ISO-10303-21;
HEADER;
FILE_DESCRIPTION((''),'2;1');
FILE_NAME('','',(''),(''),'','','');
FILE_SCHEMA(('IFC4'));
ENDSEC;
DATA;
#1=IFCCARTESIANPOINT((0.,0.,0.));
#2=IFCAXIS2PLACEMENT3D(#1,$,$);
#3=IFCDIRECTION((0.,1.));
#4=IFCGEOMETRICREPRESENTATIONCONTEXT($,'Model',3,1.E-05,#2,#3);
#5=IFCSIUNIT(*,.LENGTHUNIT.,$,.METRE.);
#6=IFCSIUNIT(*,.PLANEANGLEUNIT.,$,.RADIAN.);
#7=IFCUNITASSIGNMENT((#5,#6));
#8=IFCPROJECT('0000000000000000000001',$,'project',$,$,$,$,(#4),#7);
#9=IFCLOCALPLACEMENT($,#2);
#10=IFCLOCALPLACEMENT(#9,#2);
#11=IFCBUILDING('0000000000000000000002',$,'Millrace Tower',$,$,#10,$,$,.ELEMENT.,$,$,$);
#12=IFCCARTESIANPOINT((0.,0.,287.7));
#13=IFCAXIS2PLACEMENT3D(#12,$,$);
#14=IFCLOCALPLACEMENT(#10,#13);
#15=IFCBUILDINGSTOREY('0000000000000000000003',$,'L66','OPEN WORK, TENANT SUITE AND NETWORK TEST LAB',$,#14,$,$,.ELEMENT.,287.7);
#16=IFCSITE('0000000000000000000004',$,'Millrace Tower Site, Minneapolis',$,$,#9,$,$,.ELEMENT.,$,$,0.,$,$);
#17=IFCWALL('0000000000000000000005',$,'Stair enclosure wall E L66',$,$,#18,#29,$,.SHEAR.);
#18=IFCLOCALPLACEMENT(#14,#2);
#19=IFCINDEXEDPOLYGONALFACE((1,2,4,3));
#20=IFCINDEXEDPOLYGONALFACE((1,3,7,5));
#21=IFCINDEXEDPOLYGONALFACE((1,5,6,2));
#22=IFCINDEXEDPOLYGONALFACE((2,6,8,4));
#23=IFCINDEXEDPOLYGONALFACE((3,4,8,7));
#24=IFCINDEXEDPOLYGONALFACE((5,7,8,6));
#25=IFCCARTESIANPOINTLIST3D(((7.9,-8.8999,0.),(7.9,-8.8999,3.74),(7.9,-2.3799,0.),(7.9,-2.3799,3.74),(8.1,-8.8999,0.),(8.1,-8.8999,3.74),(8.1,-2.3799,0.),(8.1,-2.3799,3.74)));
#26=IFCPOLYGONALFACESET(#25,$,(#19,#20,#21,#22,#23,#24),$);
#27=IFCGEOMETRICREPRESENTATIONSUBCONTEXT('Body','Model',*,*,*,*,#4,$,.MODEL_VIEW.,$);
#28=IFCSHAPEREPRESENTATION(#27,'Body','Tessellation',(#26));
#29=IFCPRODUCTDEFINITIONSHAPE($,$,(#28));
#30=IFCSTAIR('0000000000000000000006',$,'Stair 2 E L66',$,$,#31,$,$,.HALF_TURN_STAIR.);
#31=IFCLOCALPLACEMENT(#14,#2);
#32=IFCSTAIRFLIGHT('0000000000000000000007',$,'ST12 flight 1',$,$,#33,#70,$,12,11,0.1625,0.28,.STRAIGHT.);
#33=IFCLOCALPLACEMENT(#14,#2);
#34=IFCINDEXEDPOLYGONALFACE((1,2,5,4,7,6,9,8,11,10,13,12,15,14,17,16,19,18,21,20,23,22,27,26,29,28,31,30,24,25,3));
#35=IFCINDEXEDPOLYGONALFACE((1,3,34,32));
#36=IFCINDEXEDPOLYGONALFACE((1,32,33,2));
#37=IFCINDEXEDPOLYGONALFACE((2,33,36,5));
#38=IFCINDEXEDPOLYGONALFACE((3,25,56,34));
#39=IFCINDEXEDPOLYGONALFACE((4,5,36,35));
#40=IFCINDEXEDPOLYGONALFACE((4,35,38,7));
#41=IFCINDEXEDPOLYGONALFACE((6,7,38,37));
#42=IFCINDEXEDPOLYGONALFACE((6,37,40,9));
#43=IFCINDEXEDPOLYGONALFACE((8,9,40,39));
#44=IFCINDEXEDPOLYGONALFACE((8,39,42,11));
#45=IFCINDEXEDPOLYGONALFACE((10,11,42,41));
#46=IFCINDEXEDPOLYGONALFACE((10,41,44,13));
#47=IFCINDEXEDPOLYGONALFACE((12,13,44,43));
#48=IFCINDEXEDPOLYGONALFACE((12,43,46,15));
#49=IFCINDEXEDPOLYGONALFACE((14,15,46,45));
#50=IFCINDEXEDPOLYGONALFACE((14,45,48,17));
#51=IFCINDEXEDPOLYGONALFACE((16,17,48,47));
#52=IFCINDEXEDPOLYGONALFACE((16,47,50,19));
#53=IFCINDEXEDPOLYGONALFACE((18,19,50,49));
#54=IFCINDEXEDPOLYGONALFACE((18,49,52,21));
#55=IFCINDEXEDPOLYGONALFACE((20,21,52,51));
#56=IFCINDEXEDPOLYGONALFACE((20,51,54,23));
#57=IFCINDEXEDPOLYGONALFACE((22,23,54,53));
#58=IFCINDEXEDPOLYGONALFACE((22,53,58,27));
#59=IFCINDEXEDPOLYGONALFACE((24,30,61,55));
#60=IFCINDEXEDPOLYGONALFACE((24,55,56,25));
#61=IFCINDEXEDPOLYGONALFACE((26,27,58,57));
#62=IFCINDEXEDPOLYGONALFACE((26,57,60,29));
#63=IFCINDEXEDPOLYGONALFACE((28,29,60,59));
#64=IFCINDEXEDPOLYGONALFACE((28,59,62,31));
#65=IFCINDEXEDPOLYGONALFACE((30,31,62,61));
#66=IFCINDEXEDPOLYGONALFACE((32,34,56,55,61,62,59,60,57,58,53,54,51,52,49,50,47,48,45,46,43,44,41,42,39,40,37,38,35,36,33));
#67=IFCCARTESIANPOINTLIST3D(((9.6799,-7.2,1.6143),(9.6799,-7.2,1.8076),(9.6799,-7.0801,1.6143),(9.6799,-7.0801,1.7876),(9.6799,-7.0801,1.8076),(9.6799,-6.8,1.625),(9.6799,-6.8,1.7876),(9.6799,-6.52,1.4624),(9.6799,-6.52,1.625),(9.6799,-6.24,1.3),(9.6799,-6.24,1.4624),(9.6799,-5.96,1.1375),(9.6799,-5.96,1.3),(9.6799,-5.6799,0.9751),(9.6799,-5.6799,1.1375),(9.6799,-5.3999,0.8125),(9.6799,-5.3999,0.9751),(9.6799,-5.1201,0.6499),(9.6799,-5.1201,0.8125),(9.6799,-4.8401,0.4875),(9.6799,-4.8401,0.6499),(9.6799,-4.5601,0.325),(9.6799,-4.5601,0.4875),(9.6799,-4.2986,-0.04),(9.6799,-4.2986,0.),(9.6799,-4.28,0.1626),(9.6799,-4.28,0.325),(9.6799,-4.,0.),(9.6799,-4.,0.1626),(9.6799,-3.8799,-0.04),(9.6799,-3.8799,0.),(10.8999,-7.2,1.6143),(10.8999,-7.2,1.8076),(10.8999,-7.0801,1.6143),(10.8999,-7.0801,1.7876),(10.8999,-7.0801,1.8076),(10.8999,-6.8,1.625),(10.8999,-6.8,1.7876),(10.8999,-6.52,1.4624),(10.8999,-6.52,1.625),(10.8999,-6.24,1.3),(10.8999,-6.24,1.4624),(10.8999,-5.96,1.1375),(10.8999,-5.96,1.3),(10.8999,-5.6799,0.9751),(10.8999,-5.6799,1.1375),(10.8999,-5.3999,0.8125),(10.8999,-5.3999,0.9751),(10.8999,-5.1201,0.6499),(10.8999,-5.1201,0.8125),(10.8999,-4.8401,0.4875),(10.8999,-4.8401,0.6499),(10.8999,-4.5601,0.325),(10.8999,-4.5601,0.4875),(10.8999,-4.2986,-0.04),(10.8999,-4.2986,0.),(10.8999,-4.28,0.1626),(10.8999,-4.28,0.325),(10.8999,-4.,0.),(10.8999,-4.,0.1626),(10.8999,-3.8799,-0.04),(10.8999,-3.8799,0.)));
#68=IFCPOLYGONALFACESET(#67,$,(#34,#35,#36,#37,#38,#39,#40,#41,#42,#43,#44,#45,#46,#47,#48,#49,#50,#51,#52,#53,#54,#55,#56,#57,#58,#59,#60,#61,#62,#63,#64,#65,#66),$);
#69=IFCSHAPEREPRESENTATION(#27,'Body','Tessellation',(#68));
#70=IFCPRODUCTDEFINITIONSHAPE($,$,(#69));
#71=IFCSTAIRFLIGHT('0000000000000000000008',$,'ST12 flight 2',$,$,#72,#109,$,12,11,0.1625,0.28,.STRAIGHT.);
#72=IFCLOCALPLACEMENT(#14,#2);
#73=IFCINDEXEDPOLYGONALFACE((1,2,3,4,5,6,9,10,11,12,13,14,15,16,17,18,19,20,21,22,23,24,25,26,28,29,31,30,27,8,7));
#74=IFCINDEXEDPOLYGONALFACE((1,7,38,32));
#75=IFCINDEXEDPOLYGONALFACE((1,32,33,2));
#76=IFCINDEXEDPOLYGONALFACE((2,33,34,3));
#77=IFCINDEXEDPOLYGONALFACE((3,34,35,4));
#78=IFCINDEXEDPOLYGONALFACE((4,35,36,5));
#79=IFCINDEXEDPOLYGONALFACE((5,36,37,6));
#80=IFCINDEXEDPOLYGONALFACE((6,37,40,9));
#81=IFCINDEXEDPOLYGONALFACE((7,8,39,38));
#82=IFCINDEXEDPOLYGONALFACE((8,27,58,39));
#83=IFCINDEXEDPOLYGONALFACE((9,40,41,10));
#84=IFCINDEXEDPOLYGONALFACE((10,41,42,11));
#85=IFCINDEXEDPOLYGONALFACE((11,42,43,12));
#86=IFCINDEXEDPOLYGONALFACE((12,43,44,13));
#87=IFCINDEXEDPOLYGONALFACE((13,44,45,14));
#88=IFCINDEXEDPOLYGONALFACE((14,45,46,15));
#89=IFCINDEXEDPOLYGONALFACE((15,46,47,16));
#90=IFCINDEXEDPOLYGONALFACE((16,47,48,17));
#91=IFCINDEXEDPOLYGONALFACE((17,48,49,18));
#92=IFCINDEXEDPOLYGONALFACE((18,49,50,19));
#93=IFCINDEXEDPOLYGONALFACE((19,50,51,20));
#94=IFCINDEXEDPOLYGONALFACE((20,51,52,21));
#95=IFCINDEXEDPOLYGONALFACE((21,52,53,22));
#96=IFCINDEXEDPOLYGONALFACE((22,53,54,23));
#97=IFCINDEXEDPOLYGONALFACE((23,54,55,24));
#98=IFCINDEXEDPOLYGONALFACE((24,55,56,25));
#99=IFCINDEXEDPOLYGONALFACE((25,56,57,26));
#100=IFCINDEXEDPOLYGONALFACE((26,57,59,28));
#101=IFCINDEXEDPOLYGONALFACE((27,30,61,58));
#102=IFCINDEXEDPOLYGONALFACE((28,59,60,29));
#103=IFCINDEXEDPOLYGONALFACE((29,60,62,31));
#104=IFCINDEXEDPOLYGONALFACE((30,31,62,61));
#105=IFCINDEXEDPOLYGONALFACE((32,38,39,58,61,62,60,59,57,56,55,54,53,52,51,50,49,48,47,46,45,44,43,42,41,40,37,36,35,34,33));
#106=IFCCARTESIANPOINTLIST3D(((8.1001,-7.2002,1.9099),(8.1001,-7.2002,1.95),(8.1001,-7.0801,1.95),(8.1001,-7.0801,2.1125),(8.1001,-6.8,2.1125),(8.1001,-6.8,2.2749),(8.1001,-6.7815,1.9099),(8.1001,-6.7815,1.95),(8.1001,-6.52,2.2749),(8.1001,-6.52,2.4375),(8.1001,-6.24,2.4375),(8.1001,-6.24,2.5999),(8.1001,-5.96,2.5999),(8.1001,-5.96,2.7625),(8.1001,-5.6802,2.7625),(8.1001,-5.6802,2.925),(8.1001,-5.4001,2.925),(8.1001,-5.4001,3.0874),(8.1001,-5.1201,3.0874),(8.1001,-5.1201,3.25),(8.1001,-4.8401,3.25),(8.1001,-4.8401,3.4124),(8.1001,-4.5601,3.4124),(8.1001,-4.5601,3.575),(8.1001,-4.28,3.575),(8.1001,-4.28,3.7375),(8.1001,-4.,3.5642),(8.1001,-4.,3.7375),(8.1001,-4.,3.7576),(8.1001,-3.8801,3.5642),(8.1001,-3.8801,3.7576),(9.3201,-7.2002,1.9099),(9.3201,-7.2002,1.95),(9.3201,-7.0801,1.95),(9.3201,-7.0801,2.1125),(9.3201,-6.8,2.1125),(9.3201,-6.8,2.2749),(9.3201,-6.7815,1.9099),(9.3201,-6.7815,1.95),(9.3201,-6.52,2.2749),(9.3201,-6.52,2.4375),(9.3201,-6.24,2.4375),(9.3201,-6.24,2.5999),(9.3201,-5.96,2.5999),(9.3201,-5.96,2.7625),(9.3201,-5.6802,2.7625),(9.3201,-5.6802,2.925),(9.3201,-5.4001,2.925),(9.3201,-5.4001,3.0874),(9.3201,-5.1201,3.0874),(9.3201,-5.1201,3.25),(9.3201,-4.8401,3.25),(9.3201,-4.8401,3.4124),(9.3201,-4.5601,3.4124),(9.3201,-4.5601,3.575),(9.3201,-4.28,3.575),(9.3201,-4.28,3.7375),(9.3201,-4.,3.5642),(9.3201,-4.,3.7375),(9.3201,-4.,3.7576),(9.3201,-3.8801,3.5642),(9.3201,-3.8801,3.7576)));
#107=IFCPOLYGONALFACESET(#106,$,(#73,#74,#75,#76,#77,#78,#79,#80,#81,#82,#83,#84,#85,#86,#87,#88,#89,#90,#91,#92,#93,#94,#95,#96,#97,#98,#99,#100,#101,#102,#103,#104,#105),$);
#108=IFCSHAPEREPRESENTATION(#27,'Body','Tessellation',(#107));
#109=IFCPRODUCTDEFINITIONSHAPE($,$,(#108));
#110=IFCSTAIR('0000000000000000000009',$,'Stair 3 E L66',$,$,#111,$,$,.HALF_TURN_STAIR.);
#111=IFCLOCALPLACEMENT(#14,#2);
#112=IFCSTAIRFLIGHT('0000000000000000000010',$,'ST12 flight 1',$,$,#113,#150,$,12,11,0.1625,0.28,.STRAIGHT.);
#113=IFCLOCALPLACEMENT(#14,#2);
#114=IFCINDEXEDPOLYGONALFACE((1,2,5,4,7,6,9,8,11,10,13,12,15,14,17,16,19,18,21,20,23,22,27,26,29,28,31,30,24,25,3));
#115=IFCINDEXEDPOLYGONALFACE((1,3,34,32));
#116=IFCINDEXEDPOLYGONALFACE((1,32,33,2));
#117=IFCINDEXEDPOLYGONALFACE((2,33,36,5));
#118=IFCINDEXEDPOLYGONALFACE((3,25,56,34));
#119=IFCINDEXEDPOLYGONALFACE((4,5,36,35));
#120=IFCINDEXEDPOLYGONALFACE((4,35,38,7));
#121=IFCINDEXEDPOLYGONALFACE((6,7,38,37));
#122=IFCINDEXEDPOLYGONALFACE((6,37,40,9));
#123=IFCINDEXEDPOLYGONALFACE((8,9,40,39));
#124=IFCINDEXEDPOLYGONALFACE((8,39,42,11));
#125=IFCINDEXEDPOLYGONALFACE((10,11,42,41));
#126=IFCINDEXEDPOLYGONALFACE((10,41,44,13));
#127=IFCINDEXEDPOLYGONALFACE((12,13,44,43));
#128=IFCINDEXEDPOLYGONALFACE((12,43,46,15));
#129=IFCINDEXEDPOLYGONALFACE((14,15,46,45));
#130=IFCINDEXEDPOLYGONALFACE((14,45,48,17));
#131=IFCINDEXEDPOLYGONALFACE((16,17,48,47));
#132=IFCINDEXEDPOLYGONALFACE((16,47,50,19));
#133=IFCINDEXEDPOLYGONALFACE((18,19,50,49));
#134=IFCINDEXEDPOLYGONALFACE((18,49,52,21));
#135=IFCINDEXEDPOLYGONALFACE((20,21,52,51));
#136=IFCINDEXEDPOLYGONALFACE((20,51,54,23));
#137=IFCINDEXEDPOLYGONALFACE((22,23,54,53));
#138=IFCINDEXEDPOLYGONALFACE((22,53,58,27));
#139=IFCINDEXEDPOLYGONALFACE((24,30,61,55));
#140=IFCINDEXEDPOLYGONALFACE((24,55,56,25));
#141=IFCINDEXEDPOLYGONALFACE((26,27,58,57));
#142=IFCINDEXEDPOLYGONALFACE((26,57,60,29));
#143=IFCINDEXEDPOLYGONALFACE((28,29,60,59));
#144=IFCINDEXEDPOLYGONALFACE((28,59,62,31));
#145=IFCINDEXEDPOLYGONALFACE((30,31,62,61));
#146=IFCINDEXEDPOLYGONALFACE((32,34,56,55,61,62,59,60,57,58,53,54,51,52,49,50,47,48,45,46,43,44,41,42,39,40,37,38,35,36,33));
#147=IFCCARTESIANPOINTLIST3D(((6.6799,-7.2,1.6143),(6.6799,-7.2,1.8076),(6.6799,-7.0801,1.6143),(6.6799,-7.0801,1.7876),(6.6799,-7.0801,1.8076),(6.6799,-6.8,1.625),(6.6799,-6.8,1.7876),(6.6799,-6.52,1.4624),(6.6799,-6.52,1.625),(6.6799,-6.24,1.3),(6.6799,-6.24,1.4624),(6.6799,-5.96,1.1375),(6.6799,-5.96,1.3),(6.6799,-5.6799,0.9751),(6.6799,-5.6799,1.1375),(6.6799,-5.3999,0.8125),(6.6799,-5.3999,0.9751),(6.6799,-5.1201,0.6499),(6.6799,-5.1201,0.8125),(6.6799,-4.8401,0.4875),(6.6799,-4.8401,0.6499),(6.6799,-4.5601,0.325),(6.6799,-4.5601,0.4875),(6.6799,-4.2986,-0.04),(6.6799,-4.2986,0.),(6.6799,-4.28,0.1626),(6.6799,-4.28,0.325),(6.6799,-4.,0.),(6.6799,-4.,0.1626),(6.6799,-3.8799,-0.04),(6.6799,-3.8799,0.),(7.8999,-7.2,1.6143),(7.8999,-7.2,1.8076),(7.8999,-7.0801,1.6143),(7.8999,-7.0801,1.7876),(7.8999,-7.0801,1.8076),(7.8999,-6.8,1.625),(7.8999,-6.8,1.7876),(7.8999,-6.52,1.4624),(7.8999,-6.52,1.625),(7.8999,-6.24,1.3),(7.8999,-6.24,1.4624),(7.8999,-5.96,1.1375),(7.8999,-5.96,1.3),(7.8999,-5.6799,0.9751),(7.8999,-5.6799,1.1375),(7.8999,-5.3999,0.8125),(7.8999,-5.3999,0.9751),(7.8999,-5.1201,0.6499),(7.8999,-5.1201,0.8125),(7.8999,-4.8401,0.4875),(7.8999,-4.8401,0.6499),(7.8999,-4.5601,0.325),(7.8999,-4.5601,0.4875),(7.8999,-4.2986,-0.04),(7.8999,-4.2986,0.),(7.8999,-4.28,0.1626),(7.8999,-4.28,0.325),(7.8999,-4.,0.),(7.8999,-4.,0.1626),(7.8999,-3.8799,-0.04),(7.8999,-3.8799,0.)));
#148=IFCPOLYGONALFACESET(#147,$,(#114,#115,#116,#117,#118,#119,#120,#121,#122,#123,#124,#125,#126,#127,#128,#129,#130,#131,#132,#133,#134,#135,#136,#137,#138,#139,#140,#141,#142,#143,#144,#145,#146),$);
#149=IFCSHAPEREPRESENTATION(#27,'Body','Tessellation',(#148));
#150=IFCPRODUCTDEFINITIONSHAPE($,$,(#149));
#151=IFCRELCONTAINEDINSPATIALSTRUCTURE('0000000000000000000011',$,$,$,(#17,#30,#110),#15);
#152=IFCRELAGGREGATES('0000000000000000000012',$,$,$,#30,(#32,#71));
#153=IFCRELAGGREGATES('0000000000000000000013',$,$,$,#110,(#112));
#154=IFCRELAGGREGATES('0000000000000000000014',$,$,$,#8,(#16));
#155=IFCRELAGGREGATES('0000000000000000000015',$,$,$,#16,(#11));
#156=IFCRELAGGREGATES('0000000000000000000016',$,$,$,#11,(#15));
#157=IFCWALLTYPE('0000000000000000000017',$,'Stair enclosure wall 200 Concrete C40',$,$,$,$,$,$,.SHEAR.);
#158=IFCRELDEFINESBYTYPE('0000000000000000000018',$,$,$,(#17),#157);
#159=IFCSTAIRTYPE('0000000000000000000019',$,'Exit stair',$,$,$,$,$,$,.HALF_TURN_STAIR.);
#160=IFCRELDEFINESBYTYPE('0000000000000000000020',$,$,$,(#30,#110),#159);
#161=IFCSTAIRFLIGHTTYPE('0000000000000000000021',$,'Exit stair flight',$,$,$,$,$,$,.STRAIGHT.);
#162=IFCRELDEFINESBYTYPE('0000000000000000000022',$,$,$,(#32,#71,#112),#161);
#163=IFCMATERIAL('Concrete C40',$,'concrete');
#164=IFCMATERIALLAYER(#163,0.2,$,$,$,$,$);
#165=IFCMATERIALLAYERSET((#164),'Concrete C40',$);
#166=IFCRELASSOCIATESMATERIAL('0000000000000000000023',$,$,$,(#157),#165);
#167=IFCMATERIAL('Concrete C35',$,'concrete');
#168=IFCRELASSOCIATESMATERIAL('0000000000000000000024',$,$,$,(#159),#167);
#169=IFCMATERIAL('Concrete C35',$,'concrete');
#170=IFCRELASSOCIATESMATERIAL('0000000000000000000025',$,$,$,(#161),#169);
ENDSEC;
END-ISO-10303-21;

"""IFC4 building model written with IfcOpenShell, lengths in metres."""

from ifc_helpers import new_model, si_unit, direction, frame, frame_2d, origin, place, context, subcontext, project, spatial, polyline, rectangle, outline, extrude, material, layer, layer_set, type_object, element, aggregate, save


model = new_model("IFC4")

# Units and contexts
model_context = context("Model", 3, precision=1e-05, world=origin(), true_north=direction((0.0, 1.0)))
body_context = subcontext(model_context, "Body", "Model", "MODEL_VIEW")
ifc_project = project(units=[si_unit("LENGTHUNIT", "METRE"), si_unit("PLANEANGLEUNIT", "RADIAN")], contexts=[model_context])

# Site, building, storey
site_placement = place(None, origin())
site = spatial("IfcSite", under=ifc_project, at=site_placement, Name="Millrace Tower Site, Minneapolis", CompositionType="ELEMENT", RefElevation=0.0)
building_placement = place(site_placement, origin())
building = spatial("IfcBuilding", under=site, at=building_placement, Name="Millrace Tower", CompositionType="ELEMENT")
storey_placement = place(building_placement, frame((0.0, 0.0, 287.7)))
storey = spatial("IfcBuildingStorey", under=building, at=storey_placement, Name="L66", Description="OPEN WORK, TENANT SUITE AND NETWORK TEST LAB", CompositionType="ELEMENT", Elevation=287.7)

# Shared definitions
placement = place(storey_placement, origin())

# Wall
ifc_material_1 = material(Name="Concrete C40", Category="concrete")
ifc_layer_1 = layer(ifc_material_1, 0.2)
ifc_layer_set_1 = layer_set([ifc_layer_1], Name="Concrete C40")
wall_type_1 = type_object("IfcWallType", Name="Stair enclosure wall 200 Concrete C40", PredefinedType="SHEAR", material=ifc_layer_set_1)
wall_1_placement = place(storey_placement, frame((8.0, -2.3799, 0.0), z_axis=(0.0, 0.0, 1.0), x_axis=(0.0, -1.0, 0.0)))
element("IfcWall", 1, at=wall_1_placement, inside=storey, type_object=wall_type_1, Name="Stair enclosure wall E L66", PredefinedType="SHEAR", context=body_context, shape_type="SweptSolid", body=[
    extrude(rectangle(XDim=6.52, YDim=0.2, at=frame_2d((3.26, 0.0))), origin(), (0.0, 0.0, 1.0), 3.74),
])

# Stairs, stair flights
ifc_material_2 = material(Name="Concrete C35", Category="concrete")
stair_type = type_object("IfcStairType", Name="Exit stair", PredefinedType="HALF_TURN_STAIR", material=ifc_material_2)
stair_1 = element("IfcStair", 2, at=placement, inside=storey, type_object=stair_type, Name="Stair 2 E L66", PredefinedType="HALF_TURN_STAIR")
ifc_material_3 = material(Name="Concrete C35", Category="concrete")
stair_flight_type = type_object("IfcStairFlightType", Name="Exit stair flight", PredefinedType="STRAIGHT", material=ifc_material_3)
stair_flight_1_placement = place(storey_placement, frame((10.29, -4.0, 0.0), z_axis=(0.0, 0.0, 1.0), x_axis=(0.0, -1.0, 0.0)))
stair_flight_1 = element("IfcStairFlight", 3, at=stair_flight_1_placement, type_object=stair_flight_type, Name="ST12 flight 1", NumberOfRisers=12, NumberOfTreads=11, PredefinedType="STRAIGHT", RiserHeight=0.1625, TreadLength=0.28, context=body_context, shape_type="SweptSolid", body=[
    extrude(outline(polyline([(-0.1201, -0.04), (-0.1201, 0.0), (0.0, 0.0), (0.0, 0.1626), (0.28, 0.1626), (0.28, 0.325), (0.5601, 0.325), (0.5601, 0.4875), (0.8401, 0.4875), (0.8401, 0.6499), (1.1201, 0.6499), (1.1201, 0.8125), (1.3999, 0.8125), (1.3999, 0.9751), (1.6799, 0.9751), (1.6799, 1.1375), (1.96, 1.1375), (1.96, 1.3), (2.24, 1.3), (2.24, 1.4624), (2.52, 1.4624), (2.52, 1.625), (2.8, 1.625), (2.8, 1.7876), (3.0801, 1.7876), (3.0801, 1.8076), (3.2, 1.8076), (3.2, 1.6143), (3.0801, 1.6143), (0.2986, 0.0), (0.2986, -0.04), (-0.1201, -0.04)])), frame((0.0, 0.6099, 0.0), z_axis=(0.0, -1.0, 0.0), x_axis=(1.0, 0.0, 0.0)), (0.0, 0.0, 1.0), 1.22),
])
stair_flight_2_placement = place(storey_placement, frame((8.71, -7.0801, 1.95), z_axis=(0.0, 0.0, 1.0), x_axis=(0.0, 1.0, 0.0)))
stair_flight_2 = element("IfcStairFlight", 4, at=stair_flight_2_placement, type_object=stair_flight_type, Name="ST12 flight 2", NumberOfRisers=12, NumberOfTreads=11, PredefinedType="STRAIGHT", RiserHeight=0.1625, TreadLength=0.28, context=body_context, shape_type="SweptSolid", body=[
    extrude(outline(polyline([(-0.1201, -0.04), (-0.1201, 0.0), (0.0, 0.0), (0.0, 0.1626), (0.28, 0.1626), (0.28, 0.325), (0.5601, 0.325), (0.5601, 0.4875), (0.8401, 0.4875), (0.8401, 0.6499), (1.1201, 0.6499), (1.1201, 0.8125), (1.3999, 0.8125), (1.3999, 0.9751), (1.6799, 0.9751), (1.6799, 1.1375), (1.96, 1.1375), (1.96, 1.3), (2.24, 1.3), (2.24, 1.4624), (2.52, 1.4624), (2.52, 1.625), (2.8, 1.625), (2.8, 1.7876), (3.0801, 1.7876), (3.0801, 1.8076), (3.2, 1.8076), (3.2, 1.6143), (3.0801, 1.6143), (0.2986, 0.0), (0.2986, -0.04), (-0.1201, -0.04)])), frame((0.0, 0.6099, 0.0), z_axis=(0.0, -1.0, 0.0), x_axis=(1.0, 0.0, 0.0)), (0.0, 0.0, 1.0), 1.22),
])
aggregate(stair_1, [stair_flight_1, stair_flight_2])
stair_2 = element("IfcStair", 5, at=placement, inside=storey, type_object=stair_type, Name="Stair 3 E L66", PredefinedType="HALF_TURN_STAIR")
stair_flight_3_placement = place(storey_placement, frame((7.29, -4.0, 0.0), z_axis=(0.0, 0.0, 1.0), x_axis=(0.0, -1.0, 0.0)))
stair_flight_3 = element("IfcStairFlight", 6, at=stair_flight_3_placement, type_object=stair_flight_type, Name="ST12 flight 1", NumberOfRisers=12, NumberOfTreads=11, PredefinedType="STRAIGHT", RiserHeight=0.1625, TreadLength=0.28, context=body_context, shape_type="SweptSolid", body=[
    extrude(outline(polyline([(-0.1201, -0.04), (-0.1201, 0.0), (0.0, 0.0), (0.0, 0.1626), (0.28, 0.1626), (0.28, 0.325), (0.5601, 0.325), (0.5601, 0.4875), (0.8401, 0.4875), (0.8401, 0.6499), (1.1201, 0.6499), (1.1201, 0.8125), (1.3999, 0.8125), (1.3999, 0.9751), (1.6799, 0.9751), (1.6799, 1.1375), (1.96, 1.1375), (1.96, 1.3), (2.24, 1.3), (2.24, 1.4624), (2.52, 1.4624), (2.52, 1.625), (2.8, 1.625), (2.8, 1.7876), (3.0801, 1.7876), (3.0801, 1.8076), (3.2, 1.8076), (3.2, 1.6143), (3.0801, 1.6143), (0.2986, 0.0), (0.2986, -0.04), (-0.1201, -0.04)])), frame((0.0, 0.6099, 0.0), z_axis=(0.0, -1.0, 0.0), x_axis=(1.0, 0.0, 0.0)), (0.0, 0.0, 1.0), 1.22),
])
aggregate(stair_2, [stair_flight_3])

save(model, "model.ifc")
